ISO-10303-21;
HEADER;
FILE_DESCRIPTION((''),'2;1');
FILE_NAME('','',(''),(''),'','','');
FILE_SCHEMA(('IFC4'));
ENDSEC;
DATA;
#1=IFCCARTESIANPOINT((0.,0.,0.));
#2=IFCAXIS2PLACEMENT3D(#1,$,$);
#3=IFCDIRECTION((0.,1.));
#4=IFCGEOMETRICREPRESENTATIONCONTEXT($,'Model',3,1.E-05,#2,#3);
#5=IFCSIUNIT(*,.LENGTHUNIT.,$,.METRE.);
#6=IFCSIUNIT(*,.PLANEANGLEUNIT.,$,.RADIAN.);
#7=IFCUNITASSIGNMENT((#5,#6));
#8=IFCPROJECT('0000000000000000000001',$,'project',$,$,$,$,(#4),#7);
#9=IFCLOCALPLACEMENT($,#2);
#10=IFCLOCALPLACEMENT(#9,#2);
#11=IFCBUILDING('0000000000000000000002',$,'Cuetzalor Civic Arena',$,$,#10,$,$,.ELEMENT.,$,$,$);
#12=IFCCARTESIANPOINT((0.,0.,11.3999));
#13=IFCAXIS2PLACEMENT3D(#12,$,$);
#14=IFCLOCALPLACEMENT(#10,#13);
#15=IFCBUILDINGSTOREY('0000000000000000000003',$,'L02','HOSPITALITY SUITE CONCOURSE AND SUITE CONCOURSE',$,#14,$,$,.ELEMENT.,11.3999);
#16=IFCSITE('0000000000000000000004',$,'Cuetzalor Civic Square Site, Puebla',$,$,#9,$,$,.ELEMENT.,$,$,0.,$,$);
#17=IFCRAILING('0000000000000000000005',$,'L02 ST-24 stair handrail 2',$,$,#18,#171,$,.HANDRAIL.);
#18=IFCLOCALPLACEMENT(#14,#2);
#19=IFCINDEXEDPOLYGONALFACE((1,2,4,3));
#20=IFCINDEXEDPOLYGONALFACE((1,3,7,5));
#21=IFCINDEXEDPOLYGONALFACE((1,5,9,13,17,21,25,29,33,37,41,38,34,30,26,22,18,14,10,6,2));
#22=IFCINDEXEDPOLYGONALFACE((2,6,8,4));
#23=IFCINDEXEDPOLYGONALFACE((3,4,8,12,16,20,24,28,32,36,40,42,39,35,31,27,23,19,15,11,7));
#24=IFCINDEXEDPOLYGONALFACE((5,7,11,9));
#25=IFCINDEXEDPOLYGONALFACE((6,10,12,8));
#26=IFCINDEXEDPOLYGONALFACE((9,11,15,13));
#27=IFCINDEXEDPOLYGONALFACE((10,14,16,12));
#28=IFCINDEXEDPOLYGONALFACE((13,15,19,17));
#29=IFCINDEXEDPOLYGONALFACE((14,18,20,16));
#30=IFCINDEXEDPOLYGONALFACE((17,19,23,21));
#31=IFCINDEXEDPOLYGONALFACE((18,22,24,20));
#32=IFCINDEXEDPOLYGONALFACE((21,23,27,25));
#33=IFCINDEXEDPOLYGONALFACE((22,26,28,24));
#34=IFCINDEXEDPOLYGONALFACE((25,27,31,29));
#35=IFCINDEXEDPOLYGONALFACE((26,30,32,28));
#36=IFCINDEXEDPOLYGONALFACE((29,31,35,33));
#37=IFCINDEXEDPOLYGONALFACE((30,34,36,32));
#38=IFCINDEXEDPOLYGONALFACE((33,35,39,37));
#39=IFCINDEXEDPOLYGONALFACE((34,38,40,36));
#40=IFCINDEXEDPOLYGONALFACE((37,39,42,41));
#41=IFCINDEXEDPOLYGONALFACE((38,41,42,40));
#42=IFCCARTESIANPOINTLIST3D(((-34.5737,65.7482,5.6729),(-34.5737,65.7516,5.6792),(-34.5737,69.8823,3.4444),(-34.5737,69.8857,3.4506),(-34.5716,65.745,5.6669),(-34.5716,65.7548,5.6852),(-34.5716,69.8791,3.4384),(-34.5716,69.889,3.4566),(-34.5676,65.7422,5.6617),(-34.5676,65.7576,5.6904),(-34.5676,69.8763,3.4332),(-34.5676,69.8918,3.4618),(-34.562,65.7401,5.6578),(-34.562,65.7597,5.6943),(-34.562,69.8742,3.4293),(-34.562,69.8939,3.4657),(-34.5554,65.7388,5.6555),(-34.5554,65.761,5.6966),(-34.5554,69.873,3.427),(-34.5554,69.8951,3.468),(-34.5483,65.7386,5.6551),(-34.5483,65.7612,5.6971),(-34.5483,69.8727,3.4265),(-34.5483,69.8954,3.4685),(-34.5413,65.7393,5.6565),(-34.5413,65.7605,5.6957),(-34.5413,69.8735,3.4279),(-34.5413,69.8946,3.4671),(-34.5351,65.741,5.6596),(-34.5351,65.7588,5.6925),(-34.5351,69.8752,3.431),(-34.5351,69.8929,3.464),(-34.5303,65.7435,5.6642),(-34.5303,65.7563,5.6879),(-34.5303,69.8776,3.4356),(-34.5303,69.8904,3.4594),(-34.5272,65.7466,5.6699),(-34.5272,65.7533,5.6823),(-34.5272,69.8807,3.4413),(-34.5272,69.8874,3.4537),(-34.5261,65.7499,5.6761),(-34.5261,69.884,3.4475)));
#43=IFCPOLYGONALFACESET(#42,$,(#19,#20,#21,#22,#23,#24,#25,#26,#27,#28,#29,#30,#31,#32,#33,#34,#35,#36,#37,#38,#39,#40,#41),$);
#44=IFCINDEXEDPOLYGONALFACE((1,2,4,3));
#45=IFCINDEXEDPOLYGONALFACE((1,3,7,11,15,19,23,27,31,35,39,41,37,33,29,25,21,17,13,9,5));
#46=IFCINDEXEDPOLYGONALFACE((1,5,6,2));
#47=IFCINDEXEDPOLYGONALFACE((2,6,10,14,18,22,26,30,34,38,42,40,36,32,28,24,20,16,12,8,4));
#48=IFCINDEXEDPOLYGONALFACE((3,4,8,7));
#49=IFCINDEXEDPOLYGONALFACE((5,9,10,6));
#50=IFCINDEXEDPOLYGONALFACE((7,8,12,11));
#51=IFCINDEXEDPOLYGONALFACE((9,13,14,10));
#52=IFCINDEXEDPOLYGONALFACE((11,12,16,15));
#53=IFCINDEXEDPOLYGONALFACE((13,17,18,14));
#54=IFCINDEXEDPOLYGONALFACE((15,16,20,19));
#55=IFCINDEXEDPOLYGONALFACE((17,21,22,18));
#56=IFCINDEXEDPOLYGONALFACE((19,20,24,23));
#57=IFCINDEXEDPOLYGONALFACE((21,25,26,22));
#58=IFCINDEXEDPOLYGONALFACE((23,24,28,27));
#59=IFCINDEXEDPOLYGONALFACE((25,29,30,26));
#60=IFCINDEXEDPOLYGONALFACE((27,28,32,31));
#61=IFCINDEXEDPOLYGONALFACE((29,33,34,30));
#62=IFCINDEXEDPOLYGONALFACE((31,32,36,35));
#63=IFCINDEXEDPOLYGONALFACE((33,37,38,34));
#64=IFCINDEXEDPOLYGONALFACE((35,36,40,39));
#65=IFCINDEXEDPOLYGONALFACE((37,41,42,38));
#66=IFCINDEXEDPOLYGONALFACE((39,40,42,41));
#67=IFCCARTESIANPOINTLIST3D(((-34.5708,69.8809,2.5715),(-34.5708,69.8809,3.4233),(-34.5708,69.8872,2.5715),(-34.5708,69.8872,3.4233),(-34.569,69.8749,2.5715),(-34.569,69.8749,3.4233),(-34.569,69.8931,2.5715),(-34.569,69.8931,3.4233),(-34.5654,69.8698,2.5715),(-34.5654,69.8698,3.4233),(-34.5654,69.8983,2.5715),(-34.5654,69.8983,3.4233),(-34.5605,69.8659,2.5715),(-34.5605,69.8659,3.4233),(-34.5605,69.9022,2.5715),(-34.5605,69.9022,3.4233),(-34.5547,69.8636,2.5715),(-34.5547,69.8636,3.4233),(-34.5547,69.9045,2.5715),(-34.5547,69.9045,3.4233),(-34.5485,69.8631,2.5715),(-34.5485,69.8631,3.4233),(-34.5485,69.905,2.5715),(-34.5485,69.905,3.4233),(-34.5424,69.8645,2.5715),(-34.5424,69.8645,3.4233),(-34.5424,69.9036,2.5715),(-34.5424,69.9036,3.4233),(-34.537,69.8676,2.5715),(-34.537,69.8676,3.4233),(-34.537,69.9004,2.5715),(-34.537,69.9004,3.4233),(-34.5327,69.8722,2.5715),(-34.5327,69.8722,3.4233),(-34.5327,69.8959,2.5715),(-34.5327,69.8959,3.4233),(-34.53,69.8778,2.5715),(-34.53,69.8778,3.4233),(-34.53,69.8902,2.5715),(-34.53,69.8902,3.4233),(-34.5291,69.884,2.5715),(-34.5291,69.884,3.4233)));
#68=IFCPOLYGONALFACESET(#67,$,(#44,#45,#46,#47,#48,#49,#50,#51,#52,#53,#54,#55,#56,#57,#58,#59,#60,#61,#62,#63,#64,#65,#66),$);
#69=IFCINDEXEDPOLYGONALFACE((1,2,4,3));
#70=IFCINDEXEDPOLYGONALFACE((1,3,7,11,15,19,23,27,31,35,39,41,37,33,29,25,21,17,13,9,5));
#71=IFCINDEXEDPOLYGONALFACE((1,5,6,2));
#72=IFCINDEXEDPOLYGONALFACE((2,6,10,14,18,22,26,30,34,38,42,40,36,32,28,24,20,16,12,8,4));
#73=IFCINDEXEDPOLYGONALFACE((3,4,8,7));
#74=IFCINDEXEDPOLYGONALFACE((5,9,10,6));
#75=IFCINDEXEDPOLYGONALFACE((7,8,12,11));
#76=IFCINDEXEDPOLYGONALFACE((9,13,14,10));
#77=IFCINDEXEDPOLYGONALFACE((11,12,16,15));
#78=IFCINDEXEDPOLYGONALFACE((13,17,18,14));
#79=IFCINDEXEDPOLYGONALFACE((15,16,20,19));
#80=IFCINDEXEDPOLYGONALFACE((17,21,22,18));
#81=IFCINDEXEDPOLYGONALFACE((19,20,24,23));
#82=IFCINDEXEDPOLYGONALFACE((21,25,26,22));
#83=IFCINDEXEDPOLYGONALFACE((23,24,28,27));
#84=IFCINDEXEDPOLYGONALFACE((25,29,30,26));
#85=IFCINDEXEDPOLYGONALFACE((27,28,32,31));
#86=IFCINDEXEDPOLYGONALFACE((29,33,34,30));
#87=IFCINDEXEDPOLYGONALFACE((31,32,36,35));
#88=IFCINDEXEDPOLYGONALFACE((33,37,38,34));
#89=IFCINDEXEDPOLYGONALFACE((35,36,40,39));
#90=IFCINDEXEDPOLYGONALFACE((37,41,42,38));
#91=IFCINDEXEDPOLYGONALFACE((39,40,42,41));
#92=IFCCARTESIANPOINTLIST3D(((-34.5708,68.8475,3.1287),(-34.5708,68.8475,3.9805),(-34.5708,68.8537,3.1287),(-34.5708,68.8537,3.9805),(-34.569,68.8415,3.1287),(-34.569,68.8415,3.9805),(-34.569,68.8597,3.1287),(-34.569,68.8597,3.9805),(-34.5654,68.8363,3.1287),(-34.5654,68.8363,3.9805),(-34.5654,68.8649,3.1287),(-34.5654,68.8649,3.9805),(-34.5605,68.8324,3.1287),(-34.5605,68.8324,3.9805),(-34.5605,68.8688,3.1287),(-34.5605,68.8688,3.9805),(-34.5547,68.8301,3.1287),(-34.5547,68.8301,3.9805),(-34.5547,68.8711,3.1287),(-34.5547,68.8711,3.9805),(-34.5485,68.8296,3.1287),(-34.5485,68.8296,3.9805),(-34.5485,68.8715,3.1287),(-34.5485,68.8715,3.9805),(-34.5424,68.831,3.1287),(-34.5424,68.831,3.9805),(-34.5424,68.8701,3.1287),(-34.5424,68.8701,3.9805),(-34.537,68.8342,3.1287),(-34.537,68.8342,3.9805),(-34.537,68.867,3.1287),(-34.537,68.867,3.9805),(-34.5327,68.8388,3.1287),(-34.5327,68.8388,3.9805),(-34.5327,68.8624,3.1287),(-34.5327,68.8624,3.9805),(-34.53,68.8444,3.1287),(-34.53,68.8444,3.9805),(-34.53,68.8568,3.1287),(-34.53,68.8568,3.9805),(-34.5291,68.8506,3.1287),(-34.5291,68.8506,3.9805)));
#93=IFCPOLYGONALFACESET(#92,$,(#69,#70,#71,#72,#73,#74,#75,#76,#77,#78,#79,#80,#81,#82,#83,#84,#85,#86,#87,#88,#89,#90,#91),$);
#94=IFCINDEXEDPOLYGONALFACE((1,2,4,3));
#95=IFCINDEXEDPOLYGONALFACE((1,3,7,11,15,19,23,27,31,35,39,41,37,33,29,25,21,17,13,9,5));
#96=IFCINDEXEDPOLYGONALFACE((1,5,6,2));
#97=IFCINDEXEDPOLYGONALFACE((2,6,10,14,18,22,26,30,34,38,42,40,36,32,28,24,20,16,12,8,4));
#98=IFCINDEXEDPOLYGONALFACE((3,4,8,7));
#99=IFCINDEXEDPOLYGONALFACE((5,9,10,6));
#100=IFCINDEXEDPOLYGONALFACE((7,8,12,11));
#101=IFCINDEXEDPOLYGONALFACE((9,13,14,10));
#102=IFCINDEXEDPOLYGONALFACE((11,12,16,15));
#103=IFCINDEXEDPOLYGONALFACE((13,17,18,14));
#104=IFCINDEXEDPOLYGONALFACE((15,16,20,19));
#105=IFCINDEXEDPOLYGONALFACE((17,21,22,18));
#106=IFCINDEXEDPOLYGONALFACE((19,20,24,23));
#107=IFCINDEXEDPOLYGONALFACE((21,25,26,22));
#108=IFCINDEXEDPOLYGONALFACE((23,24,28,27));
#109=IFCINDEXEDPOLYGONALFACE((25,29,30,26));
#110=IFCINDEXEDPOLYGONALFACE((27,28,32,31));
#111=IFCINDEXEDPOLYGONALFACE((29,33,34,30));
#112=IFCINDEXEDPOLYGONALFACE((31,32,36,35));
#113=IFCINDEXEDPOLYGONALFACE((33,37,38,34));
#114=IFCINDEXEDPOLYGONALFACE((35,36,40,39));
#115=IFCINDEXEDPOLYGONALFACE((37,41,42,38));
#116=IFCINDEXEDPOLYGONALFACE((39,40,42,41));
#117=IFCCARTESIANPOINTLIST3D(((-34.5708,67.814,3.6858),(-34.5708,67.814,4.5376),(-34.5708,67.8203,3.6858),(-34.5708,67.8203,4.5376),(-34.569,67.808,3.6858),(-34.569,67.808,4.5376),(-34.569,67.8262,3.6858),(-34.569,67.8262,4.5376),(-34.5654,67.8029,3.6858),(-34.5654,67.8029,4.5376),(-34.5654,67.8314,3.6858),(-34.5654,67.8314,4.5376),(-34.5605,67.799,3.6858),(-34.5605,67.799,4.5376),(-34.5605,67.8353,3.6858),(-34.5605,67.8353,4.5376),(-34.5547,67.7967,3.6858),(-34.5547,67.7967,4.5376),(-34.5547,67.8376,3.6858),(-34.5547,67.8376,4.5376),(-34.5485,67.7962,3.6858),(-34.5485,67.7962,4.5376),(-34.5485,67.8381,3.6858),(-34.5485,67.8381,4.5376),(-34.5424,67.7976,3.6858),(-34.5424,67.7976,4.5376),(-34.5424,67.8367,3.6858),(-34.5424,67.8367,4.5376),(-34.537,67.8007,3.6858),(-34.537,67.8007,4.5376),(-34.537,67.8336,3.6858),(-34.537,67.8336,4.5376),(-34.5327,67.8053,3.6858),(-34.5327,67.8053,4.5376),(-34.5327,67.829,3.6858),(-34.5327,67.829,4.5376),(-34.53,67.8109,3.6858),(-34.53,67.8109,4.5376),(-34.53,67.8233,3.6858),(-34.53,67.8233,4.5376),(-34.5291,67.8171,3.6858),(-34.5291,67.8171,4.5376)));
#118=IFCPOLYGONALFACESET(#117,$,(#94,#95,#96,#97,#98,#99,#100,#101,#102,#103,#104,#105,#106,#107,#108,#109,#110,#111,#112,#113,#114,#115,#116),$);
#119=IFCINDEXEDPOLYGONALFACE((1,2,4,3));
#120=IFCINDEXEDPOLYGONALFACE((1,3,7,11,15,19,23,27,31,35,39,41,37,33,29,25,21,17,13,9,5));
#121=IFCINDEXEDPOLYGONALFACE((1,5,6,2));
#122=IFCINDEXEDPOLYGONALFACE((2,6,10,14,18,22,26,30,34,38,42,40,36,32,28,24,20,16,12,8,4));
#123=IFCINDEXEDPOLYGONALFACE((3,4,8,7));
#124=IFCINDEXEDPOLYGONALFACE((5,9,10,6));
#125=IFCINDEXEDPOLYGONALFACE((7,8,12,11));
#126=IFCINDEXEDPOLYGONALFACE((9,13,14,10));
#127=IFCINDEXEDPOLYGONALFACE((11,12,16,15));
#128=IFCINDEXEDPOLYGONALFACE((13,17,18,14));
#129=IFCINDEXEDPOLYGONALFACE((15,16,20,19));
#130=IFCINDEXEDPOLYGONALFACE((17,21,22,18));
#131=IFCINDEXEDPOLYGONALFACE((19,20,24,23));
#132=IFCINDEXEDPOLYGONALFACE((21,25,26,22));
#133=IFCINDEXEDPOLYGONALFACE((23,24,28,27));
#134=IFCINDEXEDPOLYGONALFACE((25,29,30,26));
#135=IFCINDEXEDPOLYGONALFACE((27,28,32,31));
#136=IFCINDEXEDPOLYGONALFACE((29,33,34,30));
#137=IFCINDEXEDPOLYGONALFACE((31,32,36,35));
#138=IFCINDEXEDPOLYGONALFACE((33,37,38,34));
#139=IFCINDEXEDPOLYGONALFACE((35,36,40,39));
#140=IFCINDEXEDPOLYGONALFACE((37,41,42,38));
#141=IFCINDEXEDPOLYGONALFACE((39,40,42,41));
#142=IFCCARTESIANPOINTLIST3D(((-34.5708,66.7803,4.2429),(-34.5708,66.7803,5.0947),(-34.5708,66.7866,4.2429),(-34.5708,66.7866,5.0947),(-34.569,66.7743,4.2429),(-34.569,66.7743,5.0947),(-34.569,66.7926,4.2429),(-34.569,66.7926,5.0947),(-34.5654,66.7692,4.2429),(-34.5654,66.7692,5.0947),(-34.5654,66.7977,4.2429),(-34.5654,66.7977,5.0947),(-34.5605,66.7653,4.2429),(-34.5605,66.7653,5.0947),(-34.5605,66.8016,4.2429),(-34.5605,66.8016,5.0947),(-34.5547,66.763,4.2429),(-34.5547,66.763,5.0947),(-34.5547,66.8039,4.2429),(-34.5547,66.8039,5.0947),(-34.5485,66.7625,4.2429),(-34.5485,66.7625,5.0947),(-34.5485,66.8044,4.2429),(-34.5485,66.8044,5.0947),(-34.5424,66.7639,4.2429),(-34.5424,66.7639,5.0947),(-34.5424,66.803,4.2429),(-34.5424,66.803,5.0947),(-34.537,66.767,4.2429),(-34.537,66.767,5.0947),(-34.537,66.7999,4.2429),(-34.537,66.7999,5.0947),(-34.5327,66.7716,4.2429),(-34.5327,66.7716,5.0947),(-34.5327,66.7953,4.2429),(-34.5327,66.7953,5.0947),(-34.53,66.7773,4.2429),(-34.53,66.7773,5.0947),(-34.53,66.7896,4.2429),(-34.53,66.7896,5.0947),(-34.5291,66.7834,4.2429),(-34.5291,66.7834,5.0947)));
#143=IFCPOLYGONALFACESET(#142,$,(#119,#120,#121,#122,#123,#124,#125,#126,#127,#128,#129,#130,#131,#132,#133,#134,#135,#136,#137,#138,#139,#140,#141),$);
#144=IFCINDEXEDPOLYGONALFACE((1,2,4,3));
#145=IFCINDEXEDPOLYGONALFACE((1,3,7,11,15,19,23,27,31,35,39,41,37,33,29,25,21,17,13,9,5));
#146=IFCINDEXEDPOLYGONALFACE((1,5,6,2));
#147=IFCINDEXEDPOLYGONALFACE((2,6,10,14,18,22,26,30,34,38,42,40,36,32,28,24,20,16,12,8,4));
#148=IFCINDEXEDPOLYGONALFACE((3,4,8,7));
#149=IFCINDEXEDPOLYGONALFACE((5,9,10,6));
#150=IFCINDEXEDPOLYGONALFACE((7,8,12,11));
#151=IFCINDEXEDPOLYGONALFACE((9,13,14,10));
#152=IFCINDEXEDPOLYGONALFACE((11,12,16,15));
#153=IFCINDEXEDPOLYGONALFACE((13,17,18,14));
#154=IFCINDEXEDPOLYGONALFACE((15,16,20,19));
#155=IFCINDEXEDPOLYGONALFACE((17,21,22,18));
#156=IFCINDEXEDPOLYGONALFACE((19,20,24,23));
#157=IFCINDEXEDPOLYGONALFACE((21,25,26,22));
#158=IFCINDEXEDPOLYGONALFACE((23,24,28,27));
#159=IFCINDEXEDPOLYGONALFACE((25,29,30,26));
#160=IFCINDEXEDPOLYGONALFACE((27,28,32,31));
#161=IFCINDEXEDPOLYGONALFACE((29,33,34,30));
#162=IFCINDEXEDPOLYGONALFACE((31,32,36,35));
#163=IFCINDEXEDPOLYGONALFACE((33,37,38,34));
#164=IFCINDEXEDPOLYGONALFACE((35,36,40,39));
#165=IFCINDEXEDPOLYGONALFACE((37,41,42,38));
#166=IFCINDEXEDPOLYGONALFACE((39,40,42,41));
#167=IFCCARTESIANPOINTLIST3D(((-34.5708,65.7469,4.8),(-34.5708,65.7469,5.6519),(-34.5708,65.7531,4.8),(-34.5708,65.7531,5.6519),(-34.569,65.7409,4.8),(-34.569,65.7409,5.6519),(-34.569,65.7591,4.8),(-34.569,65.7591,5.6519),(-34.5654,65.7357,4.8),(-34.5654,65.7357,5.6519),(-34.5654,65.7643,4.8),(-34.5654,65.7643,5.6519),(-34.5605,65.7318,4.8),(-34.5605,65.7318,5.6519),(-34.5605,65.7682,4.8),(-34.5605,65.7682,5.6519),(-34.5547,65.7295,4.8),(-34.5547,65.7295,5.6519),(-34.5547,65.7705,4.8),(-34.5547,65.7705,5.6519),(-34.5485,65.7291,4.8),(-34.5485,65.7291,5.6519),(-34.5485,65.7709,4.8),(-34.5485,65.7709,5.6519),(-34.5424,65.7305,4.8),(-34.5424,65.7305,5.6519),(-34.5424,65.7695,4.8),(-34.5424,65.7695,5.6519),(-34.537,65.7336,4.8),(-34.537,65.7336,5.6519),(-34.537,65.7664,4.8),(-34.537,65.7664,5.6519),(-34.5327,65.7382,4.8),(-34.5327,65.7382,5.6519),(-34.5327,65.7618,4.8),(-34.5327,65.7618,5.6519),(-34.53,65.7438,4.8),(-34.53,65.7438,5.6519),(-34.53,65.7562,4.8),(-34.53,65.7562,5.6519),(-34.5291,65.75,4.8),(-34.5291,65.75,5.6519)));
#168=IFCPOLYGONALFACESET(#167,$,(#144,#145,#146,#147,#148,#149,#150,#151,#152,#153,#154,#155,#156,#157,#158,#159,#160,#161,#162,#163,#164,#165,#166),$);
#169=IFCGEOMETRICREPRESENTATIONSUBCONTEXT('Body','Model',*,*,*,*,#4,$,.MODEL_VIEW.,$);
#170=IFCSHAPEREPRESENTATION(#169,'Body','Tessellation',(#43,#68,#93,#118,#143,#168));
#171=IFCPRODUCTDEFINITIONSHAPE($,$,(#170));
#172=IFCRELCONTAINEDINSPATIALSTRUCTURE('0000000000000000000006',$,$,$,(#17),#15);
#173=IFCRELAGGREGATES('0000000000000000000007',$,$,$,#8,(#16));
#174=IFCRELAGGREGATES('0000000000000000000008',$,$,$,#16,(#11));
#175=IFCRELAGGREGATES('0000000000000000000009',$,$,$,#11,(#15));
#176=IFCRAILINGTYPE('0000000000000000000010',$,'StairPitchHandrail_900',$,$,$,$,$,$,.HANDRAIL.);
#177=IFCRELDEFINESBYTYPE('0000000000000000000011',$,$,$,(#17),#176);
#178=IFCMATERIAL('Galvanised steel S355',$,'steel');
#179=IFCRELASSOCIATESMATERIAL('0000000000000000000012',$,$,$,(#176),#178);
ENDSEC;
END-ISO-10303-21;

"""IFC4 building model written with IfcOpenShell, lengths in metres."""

from ifc_helpers import new_model, si_unit, direction, frame, origin, origin_2d, place, context, subcontext, project, spatial, circle, extrude, material, type_object, element, save


model = new_model("IFC4")

# Units and contexts
model_context = context("Model", 3, precision=1e-05, world=origin(), true_north=direction((0.0, 1.0)))
body_context = subcontext(model_context, "Body", "Model", "MODEL_VIEW")
ifc_project = project(units=[si_unit("LENGTHUNIT", "METRE"), si_unit("PLANEANGLEUNIT", "RADIAN")], contexts=[model_context])

# Site, building, storey
site_placement = place(None, origin())
site = spatial("IfcSite", under=ifc_project, at=site_placement, Name="Cuetzalor Civic Square Site, Puebla", CompositionType="ELEMENT", RefElevation=0.0)
building_placement = place(site_placement, origin())
building = spatial("IfcBuilding", under=site, at=building_placement, Name="Cuetzalor Civic Arena", CompositionType="ELEMENT")
storey_placement = place(building_placement, frame((0.0, 0.0, 11.3999)))
storey = spatial("IfcBuildingStorey", under=building, at=storey_placement, Name="L02", Description="HOSPITALITY SUITE CONCOURSE AND SUITE CONCOURSE", CompositionType="ELEMENT", Elevation=11.3999)

# Railing
ifc_material_1 = material(Name="Galvanised steel S355", Category="steel")
railing_type_1 = type_object("IfcRailingType", Name="StairPitchHandrail_900", PredefinedType="HANDRAIL", material=ifc_material_1)
railing_1_placement = place(storey_placement, frame((-34.55, 69.884, 2.5715)))
element("IfcRailing", 1, at=railing_1_placement, inside=storey, type_object=railing_type_1, Name="L02 ST-24 stair handrail 2", PredefinedType="HANDRAIL", context=body_context, shape_type="SweptSolid", body=[
    extrude(circle(Radius=0.0239, at=origin_2d()), frame((0.0, 0.0, 0.876), z_axis=(0.0, -0.880249, 0.474512), x_axis=(1.0, 0.0, 0.0)), (0.0, 0.0, 1.0), 4.6965),
    extrude(circle(Radius=0.021, at=origin_2d()), origin(), (0.0, 0.0, 1.0), 0.8518),
    extrude(circle(Radius=0.021, at=origin_2d()), frame((0.0, -1.0334, 0.5571)), (0.0, 0.0, 1.0), 0.8518),
    extrude(circle(Radius=0.021, at=origin_2d()), frame((0.0, -2.0669, 1.1143)), (0.0, 0.0, 1.0), 0.8518),
    extrude(circle(Radius=0.021, at=origin_2d()), frame((0.0, -3.1006, 1.6714)), (0.0, 0.0, 1.0), 0.8518),
    extrude(circle(Radius=0.021, at=origin_2d()), frame((0.0, -4.134, 2.2285)), (0.0, 0.0, 1.0), 0.8518),
])

save(model, "model.ifc")
